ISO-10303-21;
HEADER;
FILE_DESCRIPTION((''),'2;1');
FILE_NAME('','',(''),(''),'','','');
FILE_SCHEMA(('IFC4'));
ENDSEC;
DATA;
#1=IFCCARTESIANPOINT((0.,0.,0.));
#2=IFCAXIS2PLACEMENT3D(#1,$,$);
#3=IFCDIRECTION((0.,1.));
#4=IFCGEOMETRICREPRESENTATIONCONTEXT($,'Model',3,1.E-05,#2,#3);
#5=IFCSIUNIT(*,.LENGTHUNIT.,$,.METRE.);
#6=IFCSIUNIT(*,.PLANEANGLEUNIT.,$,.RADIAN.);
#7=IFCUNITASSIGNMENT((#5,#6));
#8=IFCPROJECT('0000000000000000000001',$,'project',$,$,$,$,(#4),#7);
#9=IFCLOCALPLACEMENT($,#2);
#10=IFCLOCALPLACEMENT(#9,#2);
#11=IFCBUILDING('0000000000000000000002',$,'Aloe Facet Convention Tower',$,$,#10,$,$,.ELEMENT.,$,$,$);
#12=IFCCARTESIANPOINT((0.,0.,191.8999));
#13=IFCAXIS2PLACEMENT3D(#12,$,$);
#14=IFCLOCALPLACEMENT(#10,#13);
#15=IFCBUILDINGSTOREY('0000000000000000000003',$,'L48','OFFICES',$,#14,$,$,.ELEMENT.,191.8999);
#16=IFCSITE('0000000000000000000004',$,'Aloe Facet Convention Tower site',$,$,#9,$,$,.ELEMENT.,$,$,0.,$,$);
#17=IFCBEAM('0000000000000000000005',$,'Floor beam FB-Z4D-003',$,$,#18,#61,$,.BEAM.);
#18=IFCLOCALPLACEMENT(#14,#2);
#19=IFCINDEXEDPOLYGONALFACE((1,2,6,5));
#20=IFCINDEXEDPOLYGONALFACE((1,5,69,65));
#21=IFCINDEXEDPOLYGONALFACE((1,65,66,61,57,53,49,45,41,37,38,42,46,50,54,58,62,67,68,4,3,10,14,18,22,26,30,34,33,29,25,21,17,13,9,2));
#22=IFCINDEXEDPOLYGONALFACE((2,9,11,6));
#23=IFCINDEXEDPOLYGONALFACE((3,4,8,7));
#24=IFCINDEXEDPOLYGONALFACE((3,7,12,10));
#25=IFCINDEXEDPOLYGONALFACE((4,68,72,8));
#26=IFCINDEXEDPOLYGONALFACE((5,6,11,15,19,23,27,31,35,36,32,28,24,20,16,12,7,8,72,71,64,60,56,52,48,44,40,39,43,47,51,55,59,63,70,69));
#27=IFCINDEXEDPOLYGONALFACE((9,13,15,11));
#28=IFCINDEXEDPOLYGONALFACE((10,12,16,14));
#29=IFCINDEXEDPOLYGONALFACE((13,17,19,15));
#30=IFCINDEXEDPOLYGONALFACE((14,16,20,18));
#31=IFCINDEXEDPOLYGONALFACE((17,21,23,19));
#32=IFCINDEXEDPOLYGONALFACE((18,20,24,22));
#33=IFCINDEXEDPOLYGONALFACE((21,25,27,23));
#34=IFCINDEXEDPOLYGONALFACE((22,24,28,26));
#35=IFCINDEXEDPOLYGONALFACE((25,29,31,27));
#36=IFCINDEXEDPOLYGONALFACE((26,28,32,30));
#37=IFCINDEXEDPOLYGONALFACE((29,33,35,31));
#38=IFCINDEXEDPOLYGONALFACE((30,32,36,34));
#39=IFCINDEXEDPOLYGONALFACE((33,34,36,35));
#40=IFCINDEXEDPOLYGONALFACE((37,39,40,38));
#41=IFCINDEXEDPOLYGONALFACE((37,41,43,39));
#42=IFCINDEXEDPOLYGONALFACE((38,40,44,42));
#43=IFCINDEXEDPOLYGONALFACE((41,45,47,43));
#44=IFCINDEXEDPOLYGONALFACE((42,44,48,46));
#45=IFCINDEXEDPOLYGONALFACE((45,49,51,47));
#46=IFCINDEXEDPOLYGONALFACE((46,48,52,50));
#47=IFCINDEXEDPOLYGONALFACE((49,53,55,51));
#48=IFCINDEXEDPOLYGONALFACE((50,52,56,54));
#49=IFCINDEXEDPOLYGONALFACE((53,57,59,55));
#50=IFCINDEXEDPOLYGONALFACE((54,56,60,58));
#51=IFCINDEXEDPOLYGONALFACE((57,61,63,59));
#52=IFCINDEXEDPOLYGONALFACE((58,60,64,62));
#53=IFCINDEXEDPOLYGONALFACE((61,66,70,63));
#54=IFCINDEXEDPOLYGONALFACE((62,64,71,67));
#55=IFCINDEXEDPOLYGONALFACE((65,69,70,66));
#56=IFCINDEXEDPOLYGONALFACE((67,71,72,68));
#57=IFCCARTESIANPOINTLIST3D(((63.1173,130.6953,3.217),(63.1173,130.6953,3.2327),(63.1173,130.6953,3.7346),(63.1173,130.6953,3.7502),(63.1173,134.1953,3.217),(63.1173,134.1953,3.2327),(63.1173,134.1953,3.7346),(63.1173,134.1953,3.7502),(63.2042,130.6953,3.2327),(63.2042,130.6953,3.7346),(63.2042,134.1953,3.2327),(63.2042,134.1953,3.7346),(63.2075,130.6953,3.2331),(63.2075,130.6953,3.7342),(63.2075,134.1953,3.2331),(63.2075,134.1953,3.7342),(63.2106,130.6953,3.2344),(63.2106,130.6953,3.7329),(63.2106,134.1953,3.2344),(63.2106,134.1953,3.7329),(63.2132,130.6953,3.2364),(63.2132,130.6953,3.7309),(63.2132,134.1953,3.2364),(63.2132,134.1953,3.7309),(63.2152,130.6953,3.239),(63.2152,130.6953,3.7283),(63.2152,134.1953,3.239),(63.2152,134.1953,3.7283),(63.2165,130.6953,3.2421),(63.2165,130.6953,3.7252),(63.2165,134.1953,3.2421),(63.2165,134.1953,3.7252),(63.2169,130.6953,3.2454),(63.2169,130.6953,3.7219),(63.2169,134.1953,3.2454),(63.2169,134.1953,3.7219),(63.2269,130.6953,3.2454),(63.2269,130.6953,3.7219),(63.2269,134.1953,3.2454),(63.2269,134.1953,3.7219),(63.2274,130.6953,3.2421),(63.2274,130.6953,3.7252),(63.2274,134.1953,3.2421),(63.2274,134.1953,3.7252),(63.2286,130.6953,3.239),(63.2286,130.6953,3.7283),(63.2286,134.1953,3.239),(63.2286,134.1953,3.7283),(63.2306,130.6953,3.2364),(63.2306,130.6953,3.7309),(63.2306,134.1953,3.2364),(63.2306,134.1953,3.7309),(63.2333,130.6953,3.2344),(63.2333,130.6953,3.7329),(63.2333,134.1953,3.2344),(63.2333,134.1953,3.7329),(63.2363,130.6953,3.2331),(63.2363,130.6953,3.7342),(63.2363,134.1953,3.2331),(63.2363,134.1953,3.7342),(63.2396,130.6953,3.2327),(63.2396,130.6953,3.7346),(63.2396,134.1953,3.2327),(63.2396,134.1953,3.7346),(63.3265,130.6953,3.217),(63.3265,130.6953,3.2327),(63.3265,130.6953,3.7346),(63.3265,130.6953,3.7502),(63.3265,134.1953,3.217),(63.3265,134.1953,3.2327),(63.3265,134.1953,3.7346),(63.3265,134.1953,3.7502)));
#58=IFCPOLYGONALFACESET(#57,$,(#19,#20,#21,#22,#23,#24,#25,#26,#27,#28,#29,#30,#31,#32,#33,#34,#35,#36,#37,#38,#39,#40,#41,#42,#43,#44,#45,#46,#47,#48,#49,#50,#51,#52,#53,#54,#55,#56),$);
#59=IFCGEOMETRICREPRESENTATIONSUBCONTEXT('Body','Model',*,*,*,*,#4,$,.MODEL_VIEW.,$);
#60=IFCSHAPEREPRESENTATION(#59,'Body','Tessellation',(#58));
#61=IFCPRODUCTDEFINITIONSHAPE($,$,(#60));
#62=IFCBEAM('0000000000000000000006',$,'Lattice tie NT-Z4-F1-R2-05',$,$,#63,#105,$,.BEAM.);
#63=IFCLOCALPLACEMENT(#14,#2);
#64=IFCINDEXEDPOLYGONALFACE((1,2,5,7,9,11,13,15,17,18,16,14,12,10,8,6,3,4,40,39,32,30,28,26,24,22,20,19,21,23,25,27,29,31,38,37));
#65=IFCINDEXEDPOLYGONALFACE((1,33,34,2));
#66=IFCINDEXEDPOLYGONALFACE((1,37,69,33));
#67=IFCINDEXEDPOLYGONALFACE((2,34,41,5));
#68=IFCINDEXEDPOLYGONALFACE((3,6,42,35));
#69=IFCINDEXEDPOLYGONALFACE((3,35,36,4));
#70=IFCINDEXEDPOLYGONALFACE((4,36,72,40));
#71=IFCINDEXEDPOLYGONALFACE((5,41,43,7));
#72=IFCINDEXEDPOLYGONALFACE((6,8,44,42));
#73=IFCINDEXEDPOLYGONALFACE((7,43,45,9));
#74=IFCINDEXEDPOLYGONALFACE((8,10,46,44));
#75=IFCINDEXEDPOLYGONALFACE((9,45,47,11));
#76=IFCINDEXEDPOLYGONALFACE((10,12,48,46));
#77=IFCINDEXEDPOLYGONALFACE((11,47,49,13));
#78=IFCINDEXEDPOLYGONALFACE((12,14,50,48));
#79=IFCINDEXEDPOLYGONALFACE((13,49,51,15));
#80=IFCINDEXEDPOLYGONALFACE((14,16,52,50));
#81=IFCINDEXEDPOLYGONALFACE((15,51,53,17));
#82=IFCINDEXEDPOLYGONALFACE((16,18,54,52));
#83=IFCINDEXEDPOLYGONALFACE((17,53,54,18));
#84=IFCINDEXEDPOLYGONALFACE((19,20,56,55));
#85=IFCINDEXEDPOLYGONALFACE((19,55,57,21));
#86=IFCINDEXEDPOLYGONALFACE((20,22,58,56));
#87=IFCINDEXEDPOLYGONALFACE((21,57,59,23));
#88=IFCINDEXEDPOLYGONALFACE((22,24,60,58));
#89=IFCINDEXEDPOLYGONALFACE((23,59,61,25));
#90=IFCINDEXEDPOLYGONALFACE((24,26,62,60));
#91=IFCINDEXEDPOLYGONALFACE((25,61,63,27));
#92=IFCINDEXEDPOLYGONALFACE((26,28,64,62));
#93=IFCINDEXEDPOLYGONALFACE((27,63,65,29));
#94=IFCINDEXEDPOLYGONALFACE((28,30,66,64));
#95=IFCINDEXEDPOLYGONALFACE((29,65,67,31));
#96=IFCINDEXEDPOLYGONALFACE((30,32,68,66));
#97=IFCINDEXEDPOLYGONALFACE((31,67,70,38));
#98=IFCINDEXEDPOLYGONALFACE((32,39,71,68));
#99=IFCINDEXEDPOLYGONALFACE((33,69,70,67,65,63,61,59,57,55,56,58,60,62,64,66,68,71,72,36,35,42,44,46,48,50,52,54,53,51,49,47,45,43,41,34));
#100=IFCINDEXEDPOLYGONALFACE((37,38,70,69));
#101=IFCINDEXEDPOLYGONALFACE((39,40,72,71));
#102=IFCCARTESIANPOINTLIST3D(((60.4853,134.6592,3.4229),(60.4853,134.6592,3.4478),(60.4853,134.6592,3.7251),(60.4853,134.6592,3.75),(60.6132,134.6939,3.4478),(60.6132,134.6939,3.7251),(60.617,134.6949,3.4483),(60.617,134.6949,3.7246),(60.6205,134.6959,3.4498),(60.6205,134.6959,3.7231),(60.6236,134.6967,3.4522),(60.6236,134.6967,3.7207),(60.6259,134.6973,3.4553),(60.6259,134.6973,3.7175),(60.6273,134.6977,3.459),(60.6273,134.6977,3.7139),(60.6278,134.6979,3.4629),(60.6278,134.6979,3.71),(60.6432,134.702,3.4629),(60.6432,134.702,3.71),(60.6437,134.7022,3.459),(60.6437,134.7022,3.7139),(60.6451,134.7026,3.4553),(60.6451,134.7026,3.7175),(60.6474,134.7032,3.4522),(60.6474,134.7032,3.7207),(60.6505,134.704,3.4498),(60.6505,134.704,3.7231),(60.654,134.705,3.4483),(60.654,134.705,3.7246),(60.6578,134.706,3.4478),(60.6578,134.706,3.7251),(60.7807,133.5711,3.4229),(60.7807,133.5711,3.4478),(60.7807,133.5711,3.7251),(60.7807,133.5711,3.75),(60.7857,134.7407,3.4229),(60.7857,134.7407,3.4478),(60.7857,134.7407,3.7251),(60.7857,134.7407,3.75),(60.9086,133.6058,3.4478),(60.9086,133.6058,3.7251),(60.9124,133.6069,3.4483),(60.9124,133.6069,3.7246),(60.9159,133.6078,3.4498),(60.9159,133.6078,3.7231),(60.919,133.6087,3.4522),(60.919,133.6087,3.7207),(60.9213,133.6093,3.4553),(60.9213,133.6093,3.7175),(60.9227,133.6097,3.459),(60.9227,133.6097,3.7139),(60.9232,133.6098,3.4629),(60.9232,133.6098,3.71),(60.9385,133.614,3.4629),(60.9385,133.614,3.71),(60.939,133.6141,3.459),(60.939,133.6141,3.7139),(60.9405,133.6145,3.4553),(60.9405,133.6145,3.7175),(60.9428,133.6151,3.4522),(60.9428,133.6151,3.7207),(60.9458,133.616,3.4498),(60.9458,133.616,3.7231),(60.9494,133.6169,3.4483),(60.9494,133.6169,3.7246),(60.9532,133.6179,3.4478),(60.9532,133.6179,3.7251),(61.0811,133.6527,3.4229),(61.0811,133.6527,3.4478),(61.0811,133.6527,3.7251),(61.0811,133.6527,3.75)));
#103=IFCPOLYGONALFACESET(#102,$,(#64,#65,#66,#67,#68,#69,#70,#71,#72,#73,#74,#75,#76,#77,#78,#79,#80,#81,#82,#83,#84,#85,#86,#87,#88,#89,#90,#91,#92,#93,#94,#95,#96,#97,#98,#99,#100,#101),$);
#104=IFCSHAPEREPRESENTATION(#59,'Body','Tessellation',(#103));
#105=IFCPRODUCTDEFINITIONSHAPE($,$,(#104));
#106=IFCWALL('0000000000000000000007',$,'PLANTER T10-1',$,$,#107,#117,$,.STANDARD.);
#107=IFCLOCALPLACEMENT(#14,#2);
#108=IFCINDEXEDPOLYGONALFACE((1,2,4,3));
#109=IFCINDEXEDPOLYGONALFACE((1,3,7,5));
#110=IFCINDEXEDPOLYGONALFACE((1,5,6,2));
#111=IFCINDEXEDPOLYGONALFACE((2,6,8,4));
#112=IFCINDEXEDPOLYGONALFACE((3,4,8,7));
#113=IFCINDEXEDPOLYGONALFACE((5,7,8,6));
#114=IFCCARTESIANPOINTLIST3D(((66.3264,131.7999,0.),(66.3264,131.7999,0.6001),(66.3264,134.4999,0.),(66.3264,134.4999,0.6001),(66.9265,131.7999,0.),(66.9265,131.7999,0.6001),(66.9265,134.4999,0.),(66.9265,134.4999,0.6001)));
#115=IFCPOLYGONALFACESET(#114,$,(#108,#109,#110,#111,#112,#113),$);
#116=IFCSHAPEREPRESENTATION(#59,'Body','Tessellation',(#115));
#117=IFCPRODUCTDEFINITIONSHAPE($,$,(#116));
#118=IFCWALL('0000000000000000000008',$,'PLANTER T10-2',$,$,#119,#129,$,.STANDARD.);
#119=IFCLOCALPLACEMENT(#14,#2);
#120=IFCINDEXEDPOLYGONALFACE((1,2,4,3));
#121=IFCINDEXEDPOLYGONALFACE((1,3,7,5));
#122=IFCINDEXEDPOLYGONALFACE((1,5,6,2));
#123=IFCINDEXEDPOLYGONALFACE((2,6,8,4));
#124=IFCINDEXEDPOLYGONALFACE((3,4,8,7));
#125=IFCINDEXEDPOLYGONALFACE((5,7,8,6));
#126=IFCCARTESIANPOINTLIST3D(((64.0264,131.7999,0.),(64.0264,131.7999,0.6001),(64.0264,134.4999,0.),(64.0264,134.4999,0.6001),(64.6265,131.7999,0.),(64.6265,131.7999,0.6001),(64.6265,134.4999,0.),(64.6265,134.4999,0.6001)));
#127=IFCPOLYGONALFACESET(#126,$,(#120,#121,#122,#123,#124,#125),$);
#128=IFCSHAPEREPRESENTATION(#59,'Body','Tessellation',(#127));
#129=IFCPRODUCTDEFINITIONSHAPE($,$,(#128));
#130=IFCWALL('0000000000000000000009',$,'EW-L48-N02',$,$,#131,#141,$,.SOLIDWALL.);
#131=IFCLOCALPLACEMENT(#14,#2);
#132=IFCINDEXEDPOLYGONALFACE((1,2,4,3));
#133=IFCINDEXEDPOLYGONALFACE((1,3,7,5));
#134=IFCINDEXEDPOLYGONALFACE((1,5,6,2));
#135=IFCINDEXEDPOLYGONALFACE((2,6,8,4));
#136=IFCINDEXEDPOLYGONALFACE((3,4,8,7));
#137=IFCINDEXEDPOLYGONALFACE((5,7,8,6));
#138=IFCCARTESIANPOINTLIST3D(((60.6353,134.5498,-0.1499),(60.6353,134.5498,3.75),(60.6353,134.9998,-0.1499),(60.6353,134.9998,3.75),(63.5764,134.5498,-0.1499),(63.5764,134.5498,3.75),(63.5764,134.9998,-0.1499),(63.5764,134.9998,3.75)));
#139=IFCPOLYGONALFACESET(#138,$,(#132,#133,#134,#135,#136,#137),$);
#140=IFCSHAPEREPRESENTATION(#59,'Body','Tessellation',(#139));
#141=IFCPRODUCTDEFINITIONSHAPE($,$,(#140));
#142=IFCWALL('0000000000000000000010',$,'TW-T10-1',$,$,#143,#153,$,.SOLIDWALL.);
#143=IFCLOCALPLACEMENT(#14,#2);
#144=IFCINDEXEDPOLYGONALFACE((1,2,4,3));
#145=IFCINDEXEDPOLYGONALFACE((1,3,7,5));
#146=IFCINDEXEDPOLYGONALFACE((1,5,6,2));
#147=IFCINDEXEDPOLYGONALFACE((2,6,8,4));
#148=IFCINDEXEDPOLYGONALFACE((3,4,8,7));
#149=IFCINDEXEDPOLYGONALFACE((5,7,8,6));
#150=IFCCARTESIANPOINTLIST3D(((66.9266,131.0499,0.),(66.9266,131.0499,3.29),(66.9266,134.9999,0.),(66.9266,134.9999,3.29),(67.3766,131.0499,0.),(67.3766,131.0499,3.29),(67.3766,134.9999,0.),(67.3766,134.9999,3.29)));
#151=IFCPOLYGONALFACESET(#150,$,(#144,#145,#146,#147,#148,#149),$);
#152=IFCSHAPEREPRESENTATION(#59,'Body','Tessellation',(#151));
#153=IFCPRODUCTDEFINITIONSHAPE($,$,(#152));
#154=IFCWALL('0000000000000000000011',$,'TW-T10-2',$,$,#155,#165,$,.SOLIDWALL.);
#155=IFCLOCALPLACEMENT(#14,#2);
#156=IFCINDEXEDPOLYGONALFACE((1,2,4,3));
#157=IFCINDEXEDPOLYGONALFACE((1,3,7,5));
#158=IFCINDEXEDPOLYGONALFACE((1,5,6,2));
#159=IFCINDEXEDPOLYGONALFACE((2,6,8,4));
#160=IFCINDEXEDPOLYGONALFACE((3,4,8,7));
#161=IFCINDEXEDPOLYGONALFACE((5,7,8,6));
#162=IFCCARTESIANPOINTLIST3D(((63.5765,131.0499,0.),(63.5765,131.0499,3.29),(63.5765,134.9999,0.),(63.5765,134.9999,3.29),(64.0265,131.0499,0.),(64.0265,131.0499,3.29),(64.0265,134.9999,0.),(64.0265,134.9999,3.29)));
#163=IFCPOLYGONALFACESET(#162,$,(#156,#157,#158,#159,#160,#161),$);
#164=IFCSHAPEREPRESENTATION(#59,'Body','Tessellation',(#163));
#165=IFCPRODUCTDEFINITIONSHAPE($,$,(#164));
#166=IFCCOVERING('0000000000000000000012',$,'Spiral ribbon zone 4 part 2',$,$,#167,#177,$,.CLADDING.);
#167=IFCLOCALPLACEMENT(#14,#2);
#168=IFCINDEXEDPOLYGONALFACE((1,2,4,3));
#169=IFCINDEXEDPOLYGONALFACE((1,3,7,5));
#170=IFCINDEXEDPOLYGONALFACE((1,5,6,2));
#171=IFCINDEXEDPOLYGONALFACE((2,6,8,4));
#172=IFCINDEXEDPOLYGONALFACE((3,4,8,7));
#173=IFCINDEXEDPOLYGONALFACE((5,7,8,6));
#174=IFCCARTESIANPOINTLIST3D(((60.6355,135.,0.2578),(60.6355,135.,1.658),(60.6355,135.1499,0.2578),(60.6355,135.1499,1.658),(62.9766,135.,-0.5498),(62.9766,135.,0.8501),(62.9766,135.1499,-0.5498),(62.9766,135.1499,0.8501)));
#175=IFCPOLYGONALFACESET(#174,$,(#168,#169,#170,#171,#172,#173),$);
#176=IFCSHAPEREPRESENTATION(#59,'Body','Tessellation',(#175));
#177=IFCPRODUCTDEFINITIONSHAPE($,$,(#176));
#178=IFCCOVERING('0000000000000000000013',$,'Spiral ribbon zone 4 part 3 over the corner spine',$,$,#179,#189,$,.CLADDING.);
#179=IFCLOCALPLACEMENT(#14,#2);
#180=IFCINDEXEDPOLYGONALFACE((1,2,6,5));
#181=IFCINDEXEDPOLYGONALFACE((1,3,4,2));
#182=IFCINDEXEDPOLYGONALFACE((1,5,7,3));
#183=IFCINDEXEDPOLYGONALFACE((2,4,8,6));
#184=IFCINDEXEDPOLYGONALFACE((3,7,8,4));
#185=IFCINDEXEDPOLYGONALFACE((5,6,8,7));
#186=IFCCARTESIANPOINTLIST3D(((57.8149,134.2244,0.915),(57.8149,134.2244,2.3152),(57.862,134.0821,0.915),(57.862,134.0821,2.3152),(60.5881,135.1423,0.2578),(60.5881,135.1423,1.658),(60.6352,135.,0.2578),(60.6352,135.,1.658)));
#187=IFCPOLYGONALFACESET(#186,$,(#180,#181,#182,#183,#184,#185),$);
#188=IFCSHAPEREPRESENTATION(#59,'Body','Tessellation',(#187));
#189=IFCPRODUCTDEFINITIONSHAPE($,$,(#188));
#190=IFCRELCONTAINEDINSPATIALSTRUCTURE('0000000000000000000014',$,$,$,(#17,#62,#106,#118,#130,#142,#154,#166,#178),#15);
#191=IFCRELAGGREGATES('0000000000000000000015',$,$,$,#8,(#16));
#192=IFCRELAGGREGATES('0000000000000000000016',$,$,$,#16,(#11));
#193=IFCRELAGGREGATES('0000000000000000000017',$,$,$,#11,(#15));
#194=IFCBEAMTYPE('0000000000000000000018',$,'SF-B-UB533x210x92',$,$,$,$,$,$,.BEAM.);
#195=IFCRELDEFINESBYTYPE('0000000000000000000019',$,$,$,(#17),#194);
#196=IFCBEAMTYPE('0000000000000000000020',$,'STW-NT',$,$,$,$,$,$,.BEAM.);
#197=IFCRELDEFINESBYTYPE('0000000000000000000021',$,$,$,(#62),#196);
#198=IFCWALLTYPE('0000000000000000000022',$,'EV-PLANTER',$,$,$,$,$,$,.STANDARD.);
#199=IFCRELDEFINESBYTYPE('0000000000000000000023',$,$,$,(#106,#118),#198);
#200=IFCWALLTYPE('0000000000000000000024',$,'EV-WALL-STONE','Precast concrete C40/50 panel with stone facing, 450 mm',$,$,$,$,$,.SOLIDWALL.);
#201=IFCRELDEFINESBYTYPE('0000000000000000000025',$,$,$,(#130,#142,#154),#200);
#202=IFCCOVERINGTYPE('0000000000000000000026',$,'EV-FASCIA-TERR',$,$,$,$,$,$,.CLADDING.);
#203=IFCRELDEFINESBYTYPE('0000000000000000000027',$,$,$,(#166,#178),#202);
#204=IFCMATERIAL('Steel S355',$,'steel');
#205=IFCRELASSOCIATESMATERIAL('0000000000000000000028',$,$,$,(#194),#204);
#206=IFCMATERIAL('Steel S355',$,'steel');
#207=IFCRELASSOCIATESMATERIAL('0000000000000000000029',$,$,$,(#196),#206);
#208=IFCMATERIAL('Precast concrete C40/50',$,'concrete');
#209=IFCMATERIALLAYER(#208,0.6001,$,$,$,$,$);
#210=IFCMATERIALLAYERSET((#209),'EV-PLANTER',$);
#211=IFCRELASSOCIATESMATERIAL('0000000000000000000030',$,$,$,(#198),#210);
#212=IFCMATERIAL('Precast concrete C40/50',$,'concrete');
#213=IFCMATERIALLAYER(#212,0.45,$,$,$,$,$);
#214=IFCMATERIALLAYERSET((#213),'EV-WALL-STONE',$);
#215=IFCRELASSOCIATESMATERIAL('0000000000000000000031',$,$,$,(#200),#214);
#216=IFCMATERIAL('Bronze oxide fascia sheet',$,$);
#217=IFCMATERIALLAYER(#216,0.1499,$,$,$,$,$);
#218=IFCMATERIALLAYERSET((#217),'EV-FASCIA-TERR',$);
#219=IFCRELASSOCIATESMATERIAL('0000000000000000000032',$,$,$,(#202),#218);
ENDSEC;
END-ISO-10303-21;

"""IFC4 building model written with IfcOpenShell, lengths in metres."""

from ifc_helpers import new_model, si_unit, direction, frame, frame_2d, origin, origin_2d, place, context, subcontext, project, spatial, polyline, rectangle, i_section, outline, extrude, material, layer, layer_set, material_profile, profile_set, type_object, element, save


model = new_model("IFC4")

# Units and contexts
model_context = context("Model", 3, precision=1e-05, world=origin(), true_north=direction((0.0, 1.0)))
body_context = subcontext(model_context, "Body", "Model", "MODEL_VIEW")
ifc_project = project(units=[si_unit("LENGTHUNIT", "METRE"), si_unit("PLANEANGLEUNIT", "RADIAN")], contexts=[model_context])

# Site, building, storey
site_placement = place(None, origin())
site = spatial("IfcSite", under=ifc_project, at=site_placement, Name="Aloe Facet Convention Tower site", CompositionType="ELEMENT", RefElevation=0.0)
building_placement = place(site_placement, origin())
building = spatial("IfcBuilding", under=site, at=building_placement, Name="Aloe Facet Convention Tower", CompositionType="ELEMENT")
storey_placement = place(building_placement, frame((0.0, 0.0, 191.8999)))
storey = spatial("IfcBuildingStorey", under=building, at=storey_placement, Name="L48", Description="OFFICES", CompositionType="ELEMENT", Elevation=191.8999)

# Beams
ifc_material_1 = material(Name="Steel S355", Category="steel")
ifc_material_profile_1 = material_profile(ifc_material_1, i_section(OverallWidth=0.2092, OverallDepth=0.5332, WebThickness=0.01, FlangeThickness=0.0156, FilletRadius=0.0127, at=origin_2d()), Name="UB 533x210x92")
ifc_profile_set_1 = profile_set([ifc_material_profile_1], Name="Steel S355")
beam_type_1 = type_object("IfcBeamType", Name="SF-B-UB533x210x92", PredefinedType="BEAM", material=ifc_profile_set_1)
beam_1_placement = place(storey_placement, frame((63.2219, 134.1953, 3.4836), z_axis=(0.0, -1.0, 0.0), x_axis=(1.0, 0.0, 0.0)))
element("IfcBeam", 1, at=beam_1_placement, inside=storey, type_object=beam_type_1, Name="Floor beam FB-Z4D-003", PredefinedType="BEAM", context=body_context, shape_type="SweptSolid", body=[
    extrude(i_section(OverallWidth=0.2092, OverallDepth=0.5332, WebThickness=0.01, FlangeThickness=0.0156, FilletRadius=0.0127, at=origin_2d()), origin(), (0.0, 0.0, 1.0), 3.5),
])
ifc_material_2 = material(Name="Steel S355", Category="steel")
ifc_material_profile_2 = material_profile(ifc_material_2, i_section(OverallWidth=0.3113, OverallDepth=0.3271, WebThickness=0.0159, FlangeThickness=0.0249, FilletRadius=0.0151, at=origin_2d()), Name="UC 305x305x158")
ifc_profile_set_2 = profile_set([ifc_material_profile_2], Name="Steel S355")
beam_type_2 = type_object("IfcBeamType", Name="STW-NT", PredefinedType="BEAM", material=ifc_profile_set_2)
beam_2_placement = place(storey_placement, frame((60.6355, 134.7, 3.5864), z_axis=(0.262, -0.965068, 0.0), x_axis=(0.965068, 0.262, 0.0)))
element("IfcBeam", 2, at=beam_2_placement, inside=storey, type_object=beam_type_2, Name="Lattice tie NT-Z4-F1-R2-05", PredefinedType="BEAM", context=body_context, shape_type="SweptSolid", body=[
    extrude(i_section(OverallWidth=0.3113, OverallDepth=0.3271, WebThickness=0.0159, FlangeThickness=0.0249, FilletRadius=0.0151, at=origin_2d()), origin(), (0.0, 0.0, 1.0), 1.1274),
])

# Walls
ifc_material_3 = material(Name="Precast concrete C40/50", Category="concrete")
ifc_layer_1 = layer(ifc_material_3, 0.6001)
ifc_layer_set_1 = layer_set([ifc_layer_1], Name="EV-PLANTER")
wall_type_1 = type_object("IfcWallType", Name="EV-PLANTER", PredefinedType="STANDARD", material=ifc_layer_set_1)
for number, where, z_axis, x_axis, name in (
    (3, (66.6265, 134.5, 0.0), (0.0, 0.0, 1.0), (0.0, -1.0, 0.0), "PLANTER T10-1"),
    (4, (64.3264, 134.5, 0.0), (0.0, 0.0, 1.0), (0.0, -1.0, 0.0), "PLANTER T10-2"),
):
    element("IfcWall", number, at=place(storey_placement, frame(where, z_axis=z_axis, x_axis=x_axis)), inside=storey, type_object=wall_type_1, Name=name, PredefinedType="STANDARD", context=body_context, shape_type="SweptSolid", body=[
        extrude(rectangle(XDim=2.7, YDim=0.6001, at=frame_2d((1.3501, 0.0))), origin(), (0.0, 0.0, 1.0), 0.6001),
    ])
ifc_material_4 = material(Name="Precast concrete C40/50", Category="concrete")
ifc_layer_2 = layer(ifc_material_4, 0.45)
ifc_layer_set_2 = layer_set([ifc_layer_2], Name="EV-WALL-STONE")
wall_type_2 = type_object("IfcWallType", Name="EV-WALL-STONE", Description="Precast concrete C40/50 panel with stone facing, 450 mm", PredefinedType="SOLIDWALL", material=ifc_layer_set_2)
wall_placement = place(storey_placement, frame((63.5764, 134.7749, -0.1499), z_axis=(0.0, 0.0, 1.0), x_axis=(-1.0, 0.0, 0.0)))
element("IfcWall", 5, at=wall_placement, inside=storey, type_object=wall_type_2, Name="EW-L48-N02", PredefinedType="SOLIDWALL", context=body_context, shape_type="SweptSolid", body=[
    extrude(outline(polyline([(2.9412, 3.8999), (2.9412, 0.0), (0.0, 0.0), (0.0, 3.8999), (2.9412, 3.8999)])), frame((0.0, 0.2251, 0.0), z_axis=(0.0, -1.0, 0.0), x_axis=(1.0, 0.0, 0.0)), (0.0, 0.0, 1.0), 0.45),
])
for number, where, z_axis, x_axis, name in (
    (6, (67.1516, 135.0, 0.0), (0.0, 0.0, 1.0), (0.0, -1.0, 0.0), "TW-T10-1"),
    (7, (63.8015, 135.0, 0.0), (0.0, 0.0, 1.0), (0.0, -1.0, 0.0), "TW-T10-2"),
):
    element("IfcWall", number, at=place(storey_placement, frame(where, z_axis=z_axis, x_axis=x_axis)), inside=storey, type_object=wall_type_2, Name=name, PredefinedType="SOLIDWALL", context=body_context, shape_type="SweptSolid", body=[
        extrude(rectangle(XDim=3.95, YDim=0.45, at=frame_2d((1.9751, 0.0))), origin(), (0.0, 0.0, 1.0), 3.29),
    ])

# Coverings
ifc_material_5 = material(Name="Bronze oxide fascia sheet")
ifc_layer_3 = layer(ifc_material_5, 0.1499)
ifc_layer_set_3 = layer_set([ifc_layer_3], Name="EV-FASCIA-TERR")
covering_type = type_object("IfcCoveringType", Name="EV-FASCIA-TERR", PredefinedType="CLADDING", material=ifc_layer_set_3)
covering_1_placement = place(storey_placement, frame((62.9766, 135.1499, -0.5498), z_axis=(0.0, 1.0, 0.0), x_axis=(-0.945329, 0.0, 0.326118)))
element("IfcCovering", 8, at=covering_1_placement, inside=storey, type_object=covering_type, Name="Spiral ribbon zone 4 part 2", PredefinedType="CLADDING", context=body_context, shape_type="SweptSolid", body=[
    extrude(outline(polyline([(0.0, 0.0), (2.4765, 0.0), (2.9331, 1.3236), (0.4565, 1.3234), (0.0, 0.0)])), origin(), (0.0, 0.0, -1.0), 0.1499),
])
covering_2_placement = place(storey_placement, frame((60.5881, 135.1423, 0.2578), z_axis=(-0.314246, 0.949341, 0.0), x_axis=(-0.926189, -0.306583, 0.2195)))
element("IfcCovering", 9, at=covering_2_placement, inside=storey, type_object=covering_type, Name="Spiral ribbon zone 4 part 3 over the corner spine", PredefinedType="CLADDING", context=body_context, shape_type="SweptSolid", body=[
    extrude(outline(polyline([(0.0, 0.0), (2.9942, 0.0), (3.3015, 1.366), (0.3073, 1.366), (0.0, 0.0)])), origin(), (0.0, 0.0, -1.0), 0.1499),
])

save(model, "model.ifc")
